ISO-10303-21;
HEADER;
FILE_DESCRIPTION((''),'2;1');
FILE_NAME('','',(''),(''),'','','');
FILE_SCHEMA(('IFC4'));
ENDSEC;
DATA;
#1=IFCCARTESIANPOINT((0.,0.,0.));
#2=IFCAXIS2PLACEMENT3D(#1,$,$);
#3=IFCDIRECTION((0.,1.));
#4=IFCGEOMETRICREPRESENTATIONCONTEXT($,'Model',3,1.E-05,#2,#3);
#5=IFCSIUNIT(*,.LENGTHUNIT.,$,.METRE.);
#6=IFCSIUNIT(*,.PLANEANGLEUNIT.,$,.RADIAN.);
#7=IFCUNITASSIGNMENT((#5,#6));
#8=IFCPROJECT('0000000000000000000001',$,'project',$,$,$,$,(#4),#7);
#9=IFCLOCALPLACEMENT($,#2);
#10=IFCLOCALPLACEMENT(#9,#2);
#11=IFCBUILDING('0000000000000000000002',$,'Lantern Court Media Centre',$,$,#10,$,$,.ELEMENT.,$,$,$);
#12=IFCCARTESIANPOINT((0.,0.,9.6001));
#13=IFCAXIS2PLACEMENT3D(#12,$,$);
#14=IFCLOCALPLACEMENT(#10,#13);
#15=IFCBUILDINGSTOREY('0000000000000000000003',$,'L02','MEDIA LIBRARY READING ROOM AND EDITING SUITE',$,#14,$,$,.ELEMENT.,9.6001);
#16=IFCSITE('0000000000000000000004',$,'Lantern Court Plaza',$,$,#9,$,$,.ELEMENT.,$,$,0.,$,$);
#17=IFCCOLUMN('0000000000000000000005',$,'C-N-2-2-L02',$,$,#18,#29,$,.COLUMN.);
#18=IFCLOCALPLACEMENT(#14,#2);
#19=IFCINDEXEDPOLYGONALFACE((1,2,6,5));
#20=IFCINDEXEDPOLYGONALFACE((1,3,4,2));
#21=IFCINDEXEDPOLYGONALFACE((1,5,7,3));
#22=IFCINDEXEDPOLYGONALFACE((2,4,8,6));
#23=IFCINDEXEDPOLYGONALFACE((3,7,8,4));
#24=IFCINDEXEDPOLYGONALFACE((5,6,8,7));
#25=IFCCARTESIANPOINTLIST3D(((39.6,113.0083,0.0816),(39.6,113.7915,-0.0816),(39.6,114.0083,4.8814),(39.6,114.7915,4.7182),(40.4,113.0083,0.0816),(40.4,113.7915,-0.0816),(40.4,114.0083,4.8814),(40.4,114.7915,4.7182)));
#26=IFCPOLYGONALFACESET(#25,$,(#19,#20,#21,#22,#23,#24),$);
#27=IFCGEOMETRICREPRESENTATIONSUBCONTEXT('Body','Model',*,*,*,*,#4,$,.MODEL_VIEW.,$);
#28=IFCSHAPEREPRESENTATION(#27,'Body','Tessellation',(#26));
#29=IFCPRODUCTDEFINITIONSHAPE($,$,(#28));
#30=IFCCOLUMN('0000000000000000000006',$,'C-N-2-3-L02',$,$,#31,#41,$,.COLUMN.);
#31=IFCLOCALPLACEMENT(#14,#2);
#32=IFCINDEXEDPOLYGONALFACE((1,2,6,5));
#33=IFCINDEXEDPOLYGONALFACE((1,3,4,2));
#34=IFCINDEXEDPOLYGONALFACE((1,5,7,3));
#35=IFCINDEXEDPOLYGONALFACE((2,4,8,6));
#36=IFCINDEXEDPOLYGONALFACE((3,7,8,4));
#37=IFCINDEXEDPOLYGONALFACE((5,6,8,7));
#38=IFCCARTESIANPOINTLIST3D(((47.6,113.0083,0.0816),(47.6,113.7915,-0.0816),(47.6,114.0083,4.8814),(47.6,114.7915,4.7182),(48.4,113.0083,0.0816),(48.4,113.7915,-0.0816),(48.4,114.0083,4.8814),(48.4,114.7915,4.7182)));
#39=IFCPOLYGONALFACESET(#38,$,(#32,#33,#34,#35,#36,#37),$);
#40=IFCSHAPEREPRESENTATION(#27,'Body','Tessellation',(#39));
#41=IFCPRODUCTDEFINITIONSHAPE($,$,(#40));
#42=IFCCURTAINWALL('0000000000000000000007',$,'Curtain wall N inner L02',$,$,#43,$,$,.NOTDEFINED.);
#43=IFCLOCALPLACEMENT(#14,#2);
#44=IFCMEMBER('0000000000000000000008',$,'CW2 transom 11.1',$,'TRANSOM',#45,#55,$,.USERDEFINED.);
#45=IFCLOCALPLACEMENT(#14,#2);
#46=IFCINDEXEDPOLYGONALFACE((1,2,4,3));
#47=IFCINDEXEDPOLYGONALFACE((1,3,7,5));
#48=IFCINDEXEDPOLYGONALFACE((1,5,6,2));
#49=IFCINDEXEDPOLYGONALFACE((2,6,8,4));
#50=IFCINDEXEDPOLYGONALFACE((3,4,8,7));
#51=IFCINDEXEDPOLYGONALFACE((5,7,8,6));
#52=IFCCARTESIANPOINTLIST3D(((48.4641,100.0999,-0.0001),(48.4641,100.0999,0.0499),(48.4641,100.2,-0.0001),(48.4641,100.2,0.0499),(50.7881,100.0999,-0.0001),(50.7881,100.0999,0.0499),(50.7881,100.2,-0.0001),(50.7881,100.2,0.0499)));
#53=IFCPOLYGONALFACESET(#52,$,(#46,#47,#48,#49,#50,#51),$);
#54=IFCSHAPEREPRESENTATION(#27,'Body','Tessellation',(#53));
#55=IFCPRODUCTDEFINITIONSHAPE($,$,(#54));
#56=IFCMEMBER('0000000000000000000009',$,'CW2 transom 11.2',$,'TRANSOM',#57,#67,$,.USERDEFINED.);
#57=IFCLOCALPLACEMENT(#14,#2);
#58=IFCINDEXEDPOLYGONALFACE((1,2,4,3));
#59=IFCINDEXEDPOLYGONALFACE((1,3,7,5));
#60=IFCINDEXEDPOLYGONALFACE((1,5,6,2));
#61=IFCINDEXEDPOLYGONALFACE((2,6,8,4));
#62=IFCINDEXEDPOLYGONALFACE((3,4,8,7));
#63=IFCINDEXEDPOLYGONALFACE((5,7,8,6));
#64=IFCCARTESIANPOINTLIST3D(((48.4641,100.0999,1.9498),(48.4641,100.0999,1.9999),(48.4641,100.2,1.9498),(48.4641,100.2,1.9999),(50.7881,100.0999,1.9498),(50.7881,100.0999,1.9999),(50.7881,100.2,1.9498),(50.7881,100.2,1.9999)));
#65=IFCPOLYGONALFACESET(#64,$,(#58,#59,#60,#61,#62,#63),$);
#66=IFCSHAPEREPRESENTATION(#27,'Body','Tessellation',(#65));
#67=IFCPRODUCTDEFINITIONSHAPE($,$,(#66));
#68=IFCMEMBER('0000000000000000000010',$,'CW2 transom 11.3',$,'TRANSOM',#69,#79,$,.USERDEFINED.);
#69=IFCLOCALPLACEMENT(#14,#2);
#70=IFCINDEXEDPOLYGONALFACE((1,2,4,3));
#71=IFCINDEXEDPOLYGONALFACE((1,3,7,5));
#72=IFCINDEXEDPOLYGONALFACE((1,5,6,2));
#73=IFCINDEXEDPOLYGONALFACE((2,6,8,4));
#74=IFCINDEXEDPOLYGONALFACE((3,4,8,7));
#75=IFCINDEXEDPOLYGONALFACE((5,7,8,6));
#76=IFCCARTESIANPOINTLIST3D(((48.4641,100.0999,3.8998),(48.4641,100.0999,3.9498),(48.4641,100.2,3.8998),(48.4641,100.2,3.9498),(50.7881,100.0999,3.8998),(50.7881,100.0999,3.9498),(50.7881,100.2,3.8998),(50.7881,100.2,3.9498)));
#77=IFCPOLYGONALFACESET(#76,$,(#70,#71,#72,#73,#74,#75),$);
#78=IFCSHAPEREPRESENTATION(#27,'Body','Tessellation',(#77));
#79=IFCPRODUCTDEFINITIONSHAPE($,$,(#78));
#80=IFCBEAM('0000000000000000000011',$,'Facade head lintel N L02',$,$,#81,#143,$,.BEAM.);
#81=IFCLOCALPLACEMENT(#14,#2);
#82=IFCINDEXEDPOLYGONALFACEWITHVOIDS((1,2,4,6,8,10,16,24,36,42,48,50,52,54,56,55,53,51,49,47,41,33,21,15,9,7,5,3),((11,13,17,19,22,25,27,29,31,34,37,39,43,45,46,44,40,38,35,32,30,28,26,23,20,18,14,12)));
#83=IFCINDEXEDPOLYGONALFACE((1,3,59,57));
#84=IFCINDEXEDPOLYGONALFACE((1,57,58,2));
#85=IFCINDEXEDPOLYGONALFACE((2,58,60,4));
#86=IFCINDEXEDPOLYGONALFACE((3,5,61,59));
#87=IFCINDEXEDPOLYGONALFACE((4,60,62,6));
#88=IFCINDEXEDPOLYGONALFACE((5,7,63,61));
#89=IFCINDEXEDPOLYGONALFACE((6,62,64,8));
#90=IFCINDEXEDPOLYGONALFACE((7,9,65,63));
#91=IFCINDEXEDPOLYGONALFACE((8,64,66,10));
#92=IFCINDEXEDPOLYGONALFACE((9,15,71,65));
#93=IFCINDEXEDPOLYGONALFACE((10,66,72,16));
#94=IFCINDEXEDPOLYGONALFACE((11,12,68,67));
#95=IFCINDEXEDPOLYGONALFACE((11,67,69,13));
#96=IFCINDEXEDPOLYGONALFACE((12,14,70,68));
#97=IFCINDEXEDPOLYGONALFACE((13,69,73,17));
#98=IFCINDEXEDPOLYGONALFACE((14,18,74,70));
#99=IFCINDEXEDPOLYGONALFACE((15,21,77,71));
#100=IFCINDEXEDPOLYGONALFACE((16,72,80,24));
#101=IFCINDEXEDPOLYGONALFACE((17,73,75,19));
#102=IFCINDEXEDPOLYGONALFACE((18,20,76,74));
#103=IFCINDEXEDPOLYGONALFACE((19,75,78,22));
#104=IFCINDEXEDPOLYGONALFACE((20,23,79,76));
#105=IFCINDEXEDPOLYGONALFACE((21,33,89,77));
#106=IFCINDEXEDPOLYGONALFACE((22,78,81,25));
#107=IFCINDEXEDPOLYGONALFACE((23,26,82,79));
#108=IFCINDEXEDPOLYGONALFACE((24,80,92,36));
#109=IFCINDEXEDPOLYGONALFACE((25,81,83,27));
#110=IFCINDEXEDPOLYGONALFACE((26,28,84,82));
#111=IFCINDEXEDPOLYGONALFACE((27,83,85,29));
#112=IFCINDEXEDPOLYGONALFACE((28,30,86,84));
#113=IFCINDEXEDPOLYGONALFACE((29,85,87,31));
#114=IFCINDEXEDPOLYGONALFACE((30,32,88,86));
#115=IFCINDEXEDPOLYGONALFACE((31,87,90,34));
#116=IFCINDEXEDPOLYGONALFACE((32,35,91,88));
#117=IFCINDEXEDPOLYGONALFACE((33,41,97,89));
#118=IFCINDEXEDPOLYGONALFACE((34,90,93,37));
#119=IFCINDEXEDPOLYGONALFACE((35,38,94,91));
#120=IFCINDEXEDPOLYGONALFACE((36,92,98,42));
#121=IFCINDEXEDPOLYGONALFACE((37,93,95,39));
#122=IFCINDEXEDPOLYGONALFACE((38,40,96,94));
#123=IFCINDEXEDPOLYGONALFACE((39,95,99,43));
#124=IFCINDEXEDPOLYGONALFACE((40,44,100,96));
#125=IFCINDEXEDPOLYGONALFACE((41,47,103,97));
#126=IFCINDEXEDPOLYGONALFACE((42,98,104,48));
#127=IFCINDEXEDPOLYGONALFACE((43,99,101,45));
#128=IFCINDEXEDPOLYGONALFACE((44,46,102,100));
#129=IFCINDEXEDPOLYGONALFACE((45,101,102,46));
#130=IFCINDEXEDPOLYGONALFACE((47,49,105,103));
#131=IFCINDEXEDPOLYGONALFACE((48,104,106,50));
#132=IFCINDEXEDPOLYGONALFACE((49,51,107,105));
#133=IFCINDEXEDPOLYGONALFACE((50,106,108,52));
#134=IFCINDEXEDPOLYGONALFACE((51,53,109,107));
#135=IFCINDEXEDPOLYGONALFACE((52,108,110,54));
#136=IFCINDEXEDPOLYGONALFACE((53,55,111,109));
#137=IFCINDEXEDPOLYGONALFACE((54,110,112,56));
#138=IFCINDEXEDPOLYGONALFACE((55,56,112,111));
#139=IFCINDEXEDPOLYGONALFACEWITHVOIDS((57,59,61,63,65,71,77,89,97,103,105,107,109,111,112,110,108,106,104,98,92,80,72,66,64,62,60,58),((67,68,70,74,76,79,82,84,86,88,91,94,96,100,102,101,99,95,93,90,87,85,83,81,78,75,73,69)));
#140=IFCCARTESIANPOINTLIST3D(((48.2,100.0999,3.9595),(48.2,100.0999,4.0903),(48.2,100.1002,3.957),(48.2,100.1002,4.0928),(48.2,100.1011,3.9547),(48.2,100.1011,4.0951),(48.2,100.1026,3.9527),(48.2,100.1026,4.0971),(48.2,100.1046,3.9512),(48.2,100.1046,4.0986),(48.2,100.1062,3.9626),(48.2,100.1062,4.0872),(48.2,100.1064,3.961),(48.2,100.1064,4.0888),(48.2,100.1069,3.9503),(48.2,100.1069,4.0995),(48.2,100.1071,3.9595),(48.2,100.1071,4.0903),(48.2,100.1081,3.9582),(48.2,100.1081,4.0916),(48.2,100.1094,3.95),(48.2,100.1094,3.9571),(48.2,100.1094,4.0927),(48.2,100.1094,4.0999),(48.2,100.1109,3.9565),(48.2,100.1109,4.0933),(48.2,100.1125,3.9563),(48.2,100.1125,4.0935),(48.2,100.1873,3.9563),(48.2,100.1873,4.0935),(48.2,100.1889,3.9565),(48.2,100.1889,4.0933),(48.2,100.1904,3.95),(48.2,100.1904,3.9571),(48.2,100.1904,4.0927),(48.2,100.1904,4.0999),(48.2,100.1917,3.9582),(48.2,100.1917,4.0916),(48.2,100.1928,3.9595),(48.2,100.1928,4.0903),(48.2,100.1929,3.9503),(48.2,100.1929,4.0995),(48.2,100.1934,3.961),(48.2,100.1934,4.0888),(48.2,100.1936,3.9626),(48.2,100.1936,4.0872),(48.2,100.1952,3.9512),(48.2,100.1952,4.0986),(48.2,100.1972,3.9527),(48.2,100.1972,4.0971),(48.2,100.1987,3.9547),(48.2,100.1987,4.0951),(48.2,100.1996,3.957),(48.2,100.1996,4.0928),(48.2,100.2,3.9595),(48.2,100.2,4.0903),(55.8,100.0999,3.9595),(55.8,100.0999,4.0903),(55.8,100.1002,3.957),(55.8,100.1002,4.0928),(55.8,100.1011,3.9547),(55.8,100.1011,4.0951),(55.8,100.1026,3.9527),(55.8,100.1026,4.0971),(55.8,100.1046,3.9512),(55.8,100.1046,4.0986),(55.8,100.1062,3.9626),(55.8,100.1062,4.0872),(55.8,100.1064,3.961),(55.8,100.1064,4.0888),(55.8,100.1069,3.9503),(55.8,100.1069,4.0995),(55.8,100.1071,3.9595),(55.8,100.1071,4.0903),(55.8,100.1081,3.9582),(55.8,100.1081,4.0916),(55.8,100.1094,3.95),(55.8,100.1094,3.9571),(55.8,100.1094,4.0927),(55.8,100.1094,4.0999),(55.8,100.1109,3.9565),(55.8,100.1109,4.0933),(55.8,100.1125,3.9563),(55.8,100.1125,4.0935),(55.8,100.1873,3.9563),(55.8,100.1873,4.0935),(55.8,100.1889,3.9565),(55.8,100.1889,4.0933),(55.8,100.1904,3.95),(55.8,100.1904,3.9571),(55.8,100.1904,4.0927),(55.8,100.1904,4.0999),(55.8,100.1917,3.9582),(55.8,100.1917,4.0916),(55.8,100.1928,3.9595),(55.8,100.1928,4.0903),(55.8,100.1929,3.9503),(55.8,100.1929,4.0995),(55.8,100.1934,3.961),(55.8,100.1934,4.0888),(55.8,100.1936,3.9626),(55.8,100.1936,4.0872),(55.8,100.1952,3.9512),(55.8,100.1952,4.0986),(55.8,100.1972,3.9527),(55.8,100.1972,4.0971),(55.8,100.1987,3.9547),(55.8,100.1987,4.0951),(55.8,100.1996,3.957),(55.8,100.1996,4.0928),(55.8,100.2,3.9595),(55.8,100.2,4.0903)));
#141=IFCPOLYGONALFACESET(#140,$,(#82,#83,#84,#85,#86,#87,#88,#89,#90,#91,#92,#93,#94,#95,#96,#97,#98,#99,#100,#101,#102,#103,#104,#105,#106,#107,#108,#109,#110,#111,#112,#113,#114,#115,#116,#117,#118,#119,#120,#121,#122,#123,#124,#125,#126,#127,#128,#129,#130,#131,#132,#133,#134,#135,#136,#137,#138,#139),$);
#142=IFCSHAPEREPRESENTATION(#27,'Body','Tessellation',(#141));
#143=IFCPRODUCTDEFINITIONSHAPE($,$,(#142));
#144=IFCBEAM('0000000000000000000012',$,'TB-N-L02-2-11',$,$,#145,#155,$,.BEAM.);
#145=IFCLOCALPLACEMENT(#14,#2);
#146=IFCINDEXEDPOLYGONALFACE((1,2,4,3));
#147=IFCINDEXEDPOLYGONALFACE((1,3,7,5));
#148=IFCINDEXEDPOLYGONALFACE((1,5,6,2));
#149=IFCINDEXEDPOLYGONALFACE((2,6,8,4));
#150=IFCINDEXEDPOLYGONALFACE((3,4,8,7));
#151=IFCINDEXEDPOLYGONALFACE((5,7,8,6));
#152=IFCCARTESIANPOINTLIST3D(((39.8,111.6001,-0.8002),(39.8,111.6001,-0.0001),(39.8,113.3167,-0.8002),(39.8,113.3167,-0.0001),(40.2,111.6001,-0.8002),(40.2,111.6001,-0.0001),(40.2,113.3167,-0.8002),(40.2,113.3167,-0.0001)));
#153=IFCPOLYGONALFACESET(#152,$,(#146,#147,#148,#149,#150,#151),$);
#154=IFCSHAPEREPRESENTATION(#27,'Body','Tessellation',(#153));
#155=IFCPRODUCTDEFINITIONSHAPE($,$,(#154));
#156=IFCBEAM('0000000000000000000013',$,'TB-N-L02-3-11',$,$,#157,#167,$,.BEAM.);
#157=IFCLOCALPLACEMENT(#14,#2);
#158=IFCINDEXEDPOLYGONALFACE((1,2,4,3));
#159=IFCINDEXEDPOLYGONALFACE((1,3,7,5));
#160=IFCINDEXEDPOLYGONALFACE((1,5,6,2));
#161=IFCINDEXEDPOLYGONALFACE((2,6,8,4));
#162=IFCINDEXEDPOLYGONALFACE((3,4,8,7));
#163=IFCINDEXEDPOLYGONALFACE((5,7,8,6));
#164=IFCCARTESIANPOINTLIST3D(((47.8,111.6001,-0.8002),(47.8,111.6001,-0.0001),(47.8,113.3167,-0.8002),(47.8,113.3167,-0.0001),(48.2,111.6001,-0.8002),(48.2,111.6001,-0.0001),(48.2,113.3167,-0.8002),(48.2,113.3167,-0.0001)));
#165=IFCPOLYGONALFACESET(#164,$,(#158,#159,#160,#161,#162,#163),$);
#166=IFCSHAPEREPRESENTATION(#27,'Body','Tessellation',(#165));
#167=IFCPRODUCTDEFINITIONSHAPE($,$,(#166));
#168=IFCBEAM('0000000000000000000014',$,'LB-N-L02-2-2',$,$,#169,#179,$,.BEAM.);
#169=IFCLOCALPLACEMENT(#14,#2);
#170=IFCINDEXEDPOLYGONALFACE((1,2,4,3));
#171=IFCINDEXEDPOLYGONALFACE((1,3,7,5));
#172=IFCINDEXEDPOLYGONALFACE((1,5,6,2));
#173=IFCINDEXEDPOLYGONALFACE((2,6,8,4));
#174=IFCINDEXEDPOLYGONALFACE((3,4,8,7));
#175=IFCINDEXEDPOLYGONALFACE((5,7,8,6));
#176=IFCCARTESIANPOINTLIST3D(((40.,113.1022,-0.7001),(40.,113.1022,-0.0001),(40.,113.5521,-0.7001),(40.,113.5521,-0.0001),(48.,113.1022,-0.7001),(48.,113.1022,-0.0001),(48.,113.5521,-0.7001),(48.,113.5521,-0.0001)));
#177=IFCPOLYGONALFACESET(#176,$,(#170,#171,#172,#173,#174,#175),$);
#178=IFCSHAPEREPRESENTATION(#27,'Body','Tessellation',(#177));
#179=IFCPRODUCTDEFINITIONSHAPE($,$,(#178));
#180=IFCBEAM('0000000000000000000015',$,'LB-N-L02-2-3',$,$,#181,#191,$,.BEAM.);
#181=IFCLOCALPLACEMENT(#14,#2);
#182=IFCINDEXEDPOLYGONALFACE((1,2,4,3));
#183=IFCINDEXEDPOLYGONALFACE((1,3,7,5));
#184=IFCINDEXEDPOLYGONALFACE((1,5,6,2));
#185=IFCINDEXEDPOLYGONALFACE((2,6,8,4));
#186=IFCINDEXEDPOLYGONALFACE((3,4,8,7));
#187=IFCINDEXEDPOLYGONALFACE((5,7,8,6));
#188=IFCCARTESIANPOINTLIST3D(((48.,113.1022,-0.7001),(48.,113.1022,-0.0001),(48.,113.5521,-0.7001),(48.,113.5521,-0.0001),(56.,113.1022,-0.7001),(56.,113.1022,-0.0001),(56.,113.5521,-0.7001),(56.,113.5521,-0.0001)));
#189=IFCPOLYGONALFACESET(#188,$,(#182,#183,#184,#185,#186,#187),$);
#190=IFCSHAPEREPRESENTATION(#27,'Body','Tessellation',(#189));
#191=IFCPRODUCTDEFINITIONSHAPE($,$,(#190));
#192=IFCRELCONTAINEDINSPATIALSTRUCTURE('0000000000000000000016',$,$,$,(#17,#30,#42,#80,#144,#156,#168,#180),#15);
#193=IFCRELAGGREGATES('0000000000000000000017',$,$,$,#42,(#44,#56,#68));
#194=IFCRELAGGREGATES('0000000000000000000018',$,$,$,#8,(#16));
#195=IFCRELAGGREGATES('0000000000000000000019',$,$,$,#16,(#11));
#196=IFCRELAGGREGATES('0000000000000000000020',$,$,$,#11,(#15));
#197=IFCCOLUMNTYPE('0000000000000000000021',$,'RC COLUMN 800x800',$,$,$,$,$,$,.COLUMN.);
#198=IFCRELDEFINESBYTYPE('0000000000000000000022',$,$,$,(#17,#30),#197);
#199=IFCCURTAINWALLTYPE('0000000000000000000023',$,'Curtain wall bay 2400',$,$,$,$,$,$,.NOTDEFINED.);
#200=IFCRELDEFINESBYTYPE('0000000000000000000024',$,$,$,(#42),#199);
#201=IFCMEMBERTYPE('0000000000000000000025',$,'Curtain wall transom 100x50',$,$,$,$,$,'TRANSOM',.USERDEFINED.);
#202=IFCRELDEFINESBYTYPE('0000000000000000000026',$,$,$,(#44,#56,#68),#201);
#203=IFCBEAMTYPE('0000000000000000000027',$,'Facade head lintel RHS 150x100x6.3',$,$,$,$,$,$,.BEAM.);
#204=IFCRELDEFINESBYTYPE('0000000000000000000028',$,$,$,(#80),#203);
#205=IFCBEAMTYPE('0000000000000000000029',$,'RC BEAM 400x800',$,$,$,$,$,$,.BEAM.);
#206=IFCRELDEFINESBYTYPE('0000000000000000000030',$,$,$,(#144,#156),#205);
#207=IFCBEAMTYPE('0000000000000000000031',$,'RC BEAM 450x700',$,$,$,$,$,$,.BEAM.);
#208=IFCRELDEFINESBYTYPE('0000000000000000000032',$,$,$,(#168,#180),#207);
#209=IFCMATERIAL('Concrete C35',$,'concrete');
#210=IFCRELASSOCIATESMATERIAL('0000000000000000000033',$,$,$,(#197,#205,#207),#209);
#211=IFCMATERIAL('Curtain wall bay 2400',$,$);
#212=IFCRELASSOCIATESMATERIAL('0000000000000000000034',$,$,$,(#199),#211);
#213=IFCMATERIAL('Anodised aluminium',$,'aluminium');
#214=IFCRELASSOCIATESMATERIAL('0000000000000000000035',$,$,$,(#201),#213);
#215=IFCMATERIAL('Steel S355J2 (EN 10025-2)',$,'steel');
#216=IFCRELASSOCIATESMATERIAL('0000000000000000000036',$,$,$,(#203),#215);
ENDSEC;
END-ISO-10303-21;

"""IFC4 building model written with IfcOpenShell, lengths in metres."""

from ifc_helpers import new_model, si_unit, direction, frame, origin, origin_2d, place, context, subcontext, project, spatial, rectangle, hollow_rectangle, extrude, material, material_profile, profile_set, type_object, element, aggregate, save


model = new_model("IFC4")

# Units and contexts
model_context = context("Model", 3, precision=1e-05, world=origin(), true_north=direction((0.0, 1.0)))
body_context = subcontext(model_context, "Body", "Model", "MODEL_VIEW")
ifc_project = project(units=[si_unit("LENGTHUNIT", "METRE"), si_unit("PLANEANGLEUNIT", "RADIAN")], contexts=[model_context])

# Site, building, storey
site_placement = place(None, origin())
site = spatial("IfcSite", under=ifc_project, at=site_placement, Name="Lantern Court Plaza", CompositionType="ELEMENT", RefElevation=0.0)
building_placement = place(site_placement, origin())
building = spatial("IfcBuilding", under=site, at=building_placement, Name="Lantern Court Media Centre", CompositionType="ELEMENT")
storey_placement = place(building_placement, frame((0.0, 0.0, 9.6001)))
storey = spatial("IfcBuildingStorey", under=building, at=storey_placement, Name="L02", Description="MEDIA LIBRARY READING ROOM AND EDITING SUITE", CompositionType="ELEMENT", Elevation=9.6001)

# Columns
ifc_material_1 = material(Name="Concrete C35", Category="concrete")
ifc_material_profile_1 = material_profile(ifc_material_1, rectangle(XDim=0.8, YDim=0.8, at=origin_2d()), Name="RC 800x800")
ifc_profile_set_1 = profile_set([ifc_material_profile_1], Name="Concrete C35")
column_type = type_object("IfcColumnType", Name="RC COLUMN 800x800", PredefinedType="COLUMN", material=ifc_profile_set_1)
for number, where, z_axis, x_axis, name in (
    (1, (40.0, 113.3999, 0.0), (0.0, 0.203962, 0.978979), (-1.0, 0.0, 0.0), "C-N-2-2-L02"),
    (2, (48.0, 113.3999, 0.0), (0.0, 0.203962, 0.978979), (-1.0, 0.0, 0.0), "C-N-2-3-L02"),
):
    element("IfcColumn", number, at=place(storey_placement, frame(where, z_axis=z_axis, x_axis=x_axis)), inside=storey, type_object=column_type, Name=name, PredefinedType="COLUMN", context=body_context, shape_type="SweptSolid", body=[
        extrude(rectangle(XDim=0.8, YDim=0.8, at=origin_2d()), origin(), (0.0, 0.0, 1.0), 4.9028),
    ])

# Curtain wall, members
ifc_material_2 = material(Name="Curtain wall bay 2400")
curtain_wall_type = type_object("IfcCurtainWallType", Name="Curtain wall bay 2400", PredefinedType="NOTDEFINED", material=ifc_material_2)
curtain_wall_placement = place(storey_placement, origin())
curtain_wall = element("IfcCurtainWall", 3, at=curtain_wall_placement, inside=storey, type_object=curtain_wall_type, Name="Curtain wall N inner L02", PredefinedType="NOTDEFINED")
ifc_material_3 = material(Name="Anodised aluminium", Category="aluminium")
ifc_material_profile_2 = material_profile(ifc_material_3, rectangle(XDim=0.1001, YDim=0.05, at=origin_2d()), Name="AL 50x100")
ifc_profile_set_2 = profile_set([ifc_material_profile_2], Name="Anodised aluminium")
member_type = type_object("IfcMemberType", Name="Curtain wall transom 100x50", ElementType="TRANSOM", PredefinedType="USERDEFINED", material=ifc_profile_set_2)
member_1_placement = place(storey_placement, frame((48.4641, 100.1499, 0.0249), z_axis=(1.0, 0.0, 0.0), x_axis=(0.0, 1.0, 0.0)))
member_1 = element("IfcMember", 4, at=member_1_placement, type_object=member_type, Name="CW2 transom 11.1", ObjectType="TRANSOM", PredefinedType="USERDEFINED", context=body_context, shape_type="SweptSolid", body=[
    extrude(rectangle(XDim=0.1001, YDim=0.05, at=origin_2d()), origin(), (0.0, 0.0, 1.0), 2.324),
])
member_2_placement = place(storey_placement, frame((48.4641, 100.1499, 1.9749), z_axis=(1.0, 0.0, 0.0), x_axis=(0.0, 1.0, 0.0)))
member_2 = element("IfcMember", 5, at=member_2_placement, type_object=member_type, Name="CW2 transom 11.2", ObjectType="TRANSOM", PredefinedType="USERDEFINED", context=body_context, shape_type="SweptSolid", body=[
    extrude(rectangle(XDim=0.1001, YDim=0.05, at=origin_2d()), origin(), (0.0, 0.0, 1.0), 2.324),
])
member_3_placement = place(storey_placement, frame((48.4641, 100.1499, 3.9248), z_axis=(1.0, 0.0, 0.0), x_axis=(0.0, 1.0, 0.0)))
member_3 = element("IfcMember", 6, at=member_3_placement, type_object=member_type, Name="CW2 transom 11.3", ObjectType="TRANSOM", PredefinedType="USERDEFINED", context=body_context, shape_type="SweptSolid", body=[
    extrude(rectangle(XDim=0.1001, YDim=0.05, at=origin_2d()), origin(), (0.0, 0.0, 1.0), 2.324),
])

# Beams
ifc_material_4 = material(Name="Steel S355J2 (EN 10025-2)", Category="steel")
ifc_material_profile_3 = material_profile(ifc_material_4, hollow_rectangle(XDim=0.1001, YDim=0.1499, WallThickness=0.0063, InnerFilletRadius=0.0063, OuterFilletRadius=0.0095, at=origin_2d()), Name="Facade head lintel RHS 150x100x6.3")
ifc_profile_set_3 = profile_set([ifc_material_profile_3], Name="Steel S355J2 (EN 10025-2)")
beam_type_1 = type_object("IfcBeamType", Name="Facade head lintel RHS 150x100x6.3", PredefinedType="BEAM", material=ifc_profile_set_3)
beam_placement = place(storey_placement, frame((48.2, 100.1499, 4.0249), z_axis=(1.0, 0.0, 0.0), x_axis=(0.0, 1.0, 0.0)))
element("IfcBeam", 7, at=beam_placement, inside=storey, type_object=beam_type_1, Name="Facade head lintel N L02", PredefinedType="BEAM", context=body_context, shape_type="SweptSolid", body=[
    extrude(hollow_rectangle(XDim=0.1001, YDim=0.1499, WallThickness=0.0063, InnerFilletRadius=0.0063, OuterFilletRadius=0.0095, at=origin_2d()), origin(), (0.0, 0.0, 1.0), 7.6001),
])
ifc_material_profile_4 = material_profile(ifc_material_1, rectangle(XDim=0.3999, YDim=0.8, at=origin_2d()), Name="RC 400x800")
ifc_profile_set_4 = profile_set([ifc_material_profile_4], Name="Concrete C35")
beam_type_2 = type_object("IfcBeamType", Name="RC BEAM 400x800", PredefinedType="BEAM", material=ifc_profile_set_4)
for number, where, z_axis, x_axis, name in (
    (8, (40.0, 111.6001, -0.4001), (0.0, 1.0, 0.0), (-1.0, 0.0, 0.0), "TB-N-L02-2-11"),
    (9, (48.0, 111.6001, -0.4001), (0.0, 1.0, 0.0), (-1.0, 0.0, 0.0), "TB-N-L02-3-11"),
):
    element("IfcBeam", number, at=place(storey_placement, frame(where, z_axis=z_axis, x_axis=x_axis)), inside=storey, type_object=beam_type_2, Name=name, PredefinedType="BEAM", context=body_context, shape_type="SweptSolid", body=[
        extrude(rectangle(XDim=0.3999, YDim=0.8, at=origin_2d()), origin(), (0.0, 0.0, 1.0), 1.7166),
    ])
ifc_material_profile_5 = material_profile(ifc_material_1, rectangle(XDim=0.45, YDim=0.7, at=origin_2d()), Name="RC 450x700")
ifc_profile_set_5 = profile_set([ifc_material_profile_5], Name="Concrete C35")
beam_type_3 = type_object("IfcBeamType", Name="RC BEAM 450x700", PredefinedType="BEAM", material=ifc_profile_set_5)
for number, where, z_axis, x_axis, name in (
    (10, (40.0, 113.3271, -0.3501), (1.0, 0.0, 0.0), (0.0, 1.0, 0.0), "LB-N-L02-2-2"),
    (11, (48.0, 113.3271, -0.3501), (1.0, 0.0, 0.0), (0.0, 1.0, 0.0), "LB-N-L02-2-3"),
):
    element("IfcBeam", number, at=place(storey_placement, frame(where, z_axis=z_axis, x_axis=x_axis)), inside=storey, type_object=beam_type_3, Name=name, PredefinedType="BEAM", context=body_context, shape_type="SweptSolid", body=[
        extrude(rectangle(XDim=0.45, YDim=0.7, at=origin_2d()), origin(), (0.0, 0.0, 1.0), 8.0),
    ])

aggregate(curtain_wall, [member_1, member_2, member_3])

save(model, "model.ifc")
